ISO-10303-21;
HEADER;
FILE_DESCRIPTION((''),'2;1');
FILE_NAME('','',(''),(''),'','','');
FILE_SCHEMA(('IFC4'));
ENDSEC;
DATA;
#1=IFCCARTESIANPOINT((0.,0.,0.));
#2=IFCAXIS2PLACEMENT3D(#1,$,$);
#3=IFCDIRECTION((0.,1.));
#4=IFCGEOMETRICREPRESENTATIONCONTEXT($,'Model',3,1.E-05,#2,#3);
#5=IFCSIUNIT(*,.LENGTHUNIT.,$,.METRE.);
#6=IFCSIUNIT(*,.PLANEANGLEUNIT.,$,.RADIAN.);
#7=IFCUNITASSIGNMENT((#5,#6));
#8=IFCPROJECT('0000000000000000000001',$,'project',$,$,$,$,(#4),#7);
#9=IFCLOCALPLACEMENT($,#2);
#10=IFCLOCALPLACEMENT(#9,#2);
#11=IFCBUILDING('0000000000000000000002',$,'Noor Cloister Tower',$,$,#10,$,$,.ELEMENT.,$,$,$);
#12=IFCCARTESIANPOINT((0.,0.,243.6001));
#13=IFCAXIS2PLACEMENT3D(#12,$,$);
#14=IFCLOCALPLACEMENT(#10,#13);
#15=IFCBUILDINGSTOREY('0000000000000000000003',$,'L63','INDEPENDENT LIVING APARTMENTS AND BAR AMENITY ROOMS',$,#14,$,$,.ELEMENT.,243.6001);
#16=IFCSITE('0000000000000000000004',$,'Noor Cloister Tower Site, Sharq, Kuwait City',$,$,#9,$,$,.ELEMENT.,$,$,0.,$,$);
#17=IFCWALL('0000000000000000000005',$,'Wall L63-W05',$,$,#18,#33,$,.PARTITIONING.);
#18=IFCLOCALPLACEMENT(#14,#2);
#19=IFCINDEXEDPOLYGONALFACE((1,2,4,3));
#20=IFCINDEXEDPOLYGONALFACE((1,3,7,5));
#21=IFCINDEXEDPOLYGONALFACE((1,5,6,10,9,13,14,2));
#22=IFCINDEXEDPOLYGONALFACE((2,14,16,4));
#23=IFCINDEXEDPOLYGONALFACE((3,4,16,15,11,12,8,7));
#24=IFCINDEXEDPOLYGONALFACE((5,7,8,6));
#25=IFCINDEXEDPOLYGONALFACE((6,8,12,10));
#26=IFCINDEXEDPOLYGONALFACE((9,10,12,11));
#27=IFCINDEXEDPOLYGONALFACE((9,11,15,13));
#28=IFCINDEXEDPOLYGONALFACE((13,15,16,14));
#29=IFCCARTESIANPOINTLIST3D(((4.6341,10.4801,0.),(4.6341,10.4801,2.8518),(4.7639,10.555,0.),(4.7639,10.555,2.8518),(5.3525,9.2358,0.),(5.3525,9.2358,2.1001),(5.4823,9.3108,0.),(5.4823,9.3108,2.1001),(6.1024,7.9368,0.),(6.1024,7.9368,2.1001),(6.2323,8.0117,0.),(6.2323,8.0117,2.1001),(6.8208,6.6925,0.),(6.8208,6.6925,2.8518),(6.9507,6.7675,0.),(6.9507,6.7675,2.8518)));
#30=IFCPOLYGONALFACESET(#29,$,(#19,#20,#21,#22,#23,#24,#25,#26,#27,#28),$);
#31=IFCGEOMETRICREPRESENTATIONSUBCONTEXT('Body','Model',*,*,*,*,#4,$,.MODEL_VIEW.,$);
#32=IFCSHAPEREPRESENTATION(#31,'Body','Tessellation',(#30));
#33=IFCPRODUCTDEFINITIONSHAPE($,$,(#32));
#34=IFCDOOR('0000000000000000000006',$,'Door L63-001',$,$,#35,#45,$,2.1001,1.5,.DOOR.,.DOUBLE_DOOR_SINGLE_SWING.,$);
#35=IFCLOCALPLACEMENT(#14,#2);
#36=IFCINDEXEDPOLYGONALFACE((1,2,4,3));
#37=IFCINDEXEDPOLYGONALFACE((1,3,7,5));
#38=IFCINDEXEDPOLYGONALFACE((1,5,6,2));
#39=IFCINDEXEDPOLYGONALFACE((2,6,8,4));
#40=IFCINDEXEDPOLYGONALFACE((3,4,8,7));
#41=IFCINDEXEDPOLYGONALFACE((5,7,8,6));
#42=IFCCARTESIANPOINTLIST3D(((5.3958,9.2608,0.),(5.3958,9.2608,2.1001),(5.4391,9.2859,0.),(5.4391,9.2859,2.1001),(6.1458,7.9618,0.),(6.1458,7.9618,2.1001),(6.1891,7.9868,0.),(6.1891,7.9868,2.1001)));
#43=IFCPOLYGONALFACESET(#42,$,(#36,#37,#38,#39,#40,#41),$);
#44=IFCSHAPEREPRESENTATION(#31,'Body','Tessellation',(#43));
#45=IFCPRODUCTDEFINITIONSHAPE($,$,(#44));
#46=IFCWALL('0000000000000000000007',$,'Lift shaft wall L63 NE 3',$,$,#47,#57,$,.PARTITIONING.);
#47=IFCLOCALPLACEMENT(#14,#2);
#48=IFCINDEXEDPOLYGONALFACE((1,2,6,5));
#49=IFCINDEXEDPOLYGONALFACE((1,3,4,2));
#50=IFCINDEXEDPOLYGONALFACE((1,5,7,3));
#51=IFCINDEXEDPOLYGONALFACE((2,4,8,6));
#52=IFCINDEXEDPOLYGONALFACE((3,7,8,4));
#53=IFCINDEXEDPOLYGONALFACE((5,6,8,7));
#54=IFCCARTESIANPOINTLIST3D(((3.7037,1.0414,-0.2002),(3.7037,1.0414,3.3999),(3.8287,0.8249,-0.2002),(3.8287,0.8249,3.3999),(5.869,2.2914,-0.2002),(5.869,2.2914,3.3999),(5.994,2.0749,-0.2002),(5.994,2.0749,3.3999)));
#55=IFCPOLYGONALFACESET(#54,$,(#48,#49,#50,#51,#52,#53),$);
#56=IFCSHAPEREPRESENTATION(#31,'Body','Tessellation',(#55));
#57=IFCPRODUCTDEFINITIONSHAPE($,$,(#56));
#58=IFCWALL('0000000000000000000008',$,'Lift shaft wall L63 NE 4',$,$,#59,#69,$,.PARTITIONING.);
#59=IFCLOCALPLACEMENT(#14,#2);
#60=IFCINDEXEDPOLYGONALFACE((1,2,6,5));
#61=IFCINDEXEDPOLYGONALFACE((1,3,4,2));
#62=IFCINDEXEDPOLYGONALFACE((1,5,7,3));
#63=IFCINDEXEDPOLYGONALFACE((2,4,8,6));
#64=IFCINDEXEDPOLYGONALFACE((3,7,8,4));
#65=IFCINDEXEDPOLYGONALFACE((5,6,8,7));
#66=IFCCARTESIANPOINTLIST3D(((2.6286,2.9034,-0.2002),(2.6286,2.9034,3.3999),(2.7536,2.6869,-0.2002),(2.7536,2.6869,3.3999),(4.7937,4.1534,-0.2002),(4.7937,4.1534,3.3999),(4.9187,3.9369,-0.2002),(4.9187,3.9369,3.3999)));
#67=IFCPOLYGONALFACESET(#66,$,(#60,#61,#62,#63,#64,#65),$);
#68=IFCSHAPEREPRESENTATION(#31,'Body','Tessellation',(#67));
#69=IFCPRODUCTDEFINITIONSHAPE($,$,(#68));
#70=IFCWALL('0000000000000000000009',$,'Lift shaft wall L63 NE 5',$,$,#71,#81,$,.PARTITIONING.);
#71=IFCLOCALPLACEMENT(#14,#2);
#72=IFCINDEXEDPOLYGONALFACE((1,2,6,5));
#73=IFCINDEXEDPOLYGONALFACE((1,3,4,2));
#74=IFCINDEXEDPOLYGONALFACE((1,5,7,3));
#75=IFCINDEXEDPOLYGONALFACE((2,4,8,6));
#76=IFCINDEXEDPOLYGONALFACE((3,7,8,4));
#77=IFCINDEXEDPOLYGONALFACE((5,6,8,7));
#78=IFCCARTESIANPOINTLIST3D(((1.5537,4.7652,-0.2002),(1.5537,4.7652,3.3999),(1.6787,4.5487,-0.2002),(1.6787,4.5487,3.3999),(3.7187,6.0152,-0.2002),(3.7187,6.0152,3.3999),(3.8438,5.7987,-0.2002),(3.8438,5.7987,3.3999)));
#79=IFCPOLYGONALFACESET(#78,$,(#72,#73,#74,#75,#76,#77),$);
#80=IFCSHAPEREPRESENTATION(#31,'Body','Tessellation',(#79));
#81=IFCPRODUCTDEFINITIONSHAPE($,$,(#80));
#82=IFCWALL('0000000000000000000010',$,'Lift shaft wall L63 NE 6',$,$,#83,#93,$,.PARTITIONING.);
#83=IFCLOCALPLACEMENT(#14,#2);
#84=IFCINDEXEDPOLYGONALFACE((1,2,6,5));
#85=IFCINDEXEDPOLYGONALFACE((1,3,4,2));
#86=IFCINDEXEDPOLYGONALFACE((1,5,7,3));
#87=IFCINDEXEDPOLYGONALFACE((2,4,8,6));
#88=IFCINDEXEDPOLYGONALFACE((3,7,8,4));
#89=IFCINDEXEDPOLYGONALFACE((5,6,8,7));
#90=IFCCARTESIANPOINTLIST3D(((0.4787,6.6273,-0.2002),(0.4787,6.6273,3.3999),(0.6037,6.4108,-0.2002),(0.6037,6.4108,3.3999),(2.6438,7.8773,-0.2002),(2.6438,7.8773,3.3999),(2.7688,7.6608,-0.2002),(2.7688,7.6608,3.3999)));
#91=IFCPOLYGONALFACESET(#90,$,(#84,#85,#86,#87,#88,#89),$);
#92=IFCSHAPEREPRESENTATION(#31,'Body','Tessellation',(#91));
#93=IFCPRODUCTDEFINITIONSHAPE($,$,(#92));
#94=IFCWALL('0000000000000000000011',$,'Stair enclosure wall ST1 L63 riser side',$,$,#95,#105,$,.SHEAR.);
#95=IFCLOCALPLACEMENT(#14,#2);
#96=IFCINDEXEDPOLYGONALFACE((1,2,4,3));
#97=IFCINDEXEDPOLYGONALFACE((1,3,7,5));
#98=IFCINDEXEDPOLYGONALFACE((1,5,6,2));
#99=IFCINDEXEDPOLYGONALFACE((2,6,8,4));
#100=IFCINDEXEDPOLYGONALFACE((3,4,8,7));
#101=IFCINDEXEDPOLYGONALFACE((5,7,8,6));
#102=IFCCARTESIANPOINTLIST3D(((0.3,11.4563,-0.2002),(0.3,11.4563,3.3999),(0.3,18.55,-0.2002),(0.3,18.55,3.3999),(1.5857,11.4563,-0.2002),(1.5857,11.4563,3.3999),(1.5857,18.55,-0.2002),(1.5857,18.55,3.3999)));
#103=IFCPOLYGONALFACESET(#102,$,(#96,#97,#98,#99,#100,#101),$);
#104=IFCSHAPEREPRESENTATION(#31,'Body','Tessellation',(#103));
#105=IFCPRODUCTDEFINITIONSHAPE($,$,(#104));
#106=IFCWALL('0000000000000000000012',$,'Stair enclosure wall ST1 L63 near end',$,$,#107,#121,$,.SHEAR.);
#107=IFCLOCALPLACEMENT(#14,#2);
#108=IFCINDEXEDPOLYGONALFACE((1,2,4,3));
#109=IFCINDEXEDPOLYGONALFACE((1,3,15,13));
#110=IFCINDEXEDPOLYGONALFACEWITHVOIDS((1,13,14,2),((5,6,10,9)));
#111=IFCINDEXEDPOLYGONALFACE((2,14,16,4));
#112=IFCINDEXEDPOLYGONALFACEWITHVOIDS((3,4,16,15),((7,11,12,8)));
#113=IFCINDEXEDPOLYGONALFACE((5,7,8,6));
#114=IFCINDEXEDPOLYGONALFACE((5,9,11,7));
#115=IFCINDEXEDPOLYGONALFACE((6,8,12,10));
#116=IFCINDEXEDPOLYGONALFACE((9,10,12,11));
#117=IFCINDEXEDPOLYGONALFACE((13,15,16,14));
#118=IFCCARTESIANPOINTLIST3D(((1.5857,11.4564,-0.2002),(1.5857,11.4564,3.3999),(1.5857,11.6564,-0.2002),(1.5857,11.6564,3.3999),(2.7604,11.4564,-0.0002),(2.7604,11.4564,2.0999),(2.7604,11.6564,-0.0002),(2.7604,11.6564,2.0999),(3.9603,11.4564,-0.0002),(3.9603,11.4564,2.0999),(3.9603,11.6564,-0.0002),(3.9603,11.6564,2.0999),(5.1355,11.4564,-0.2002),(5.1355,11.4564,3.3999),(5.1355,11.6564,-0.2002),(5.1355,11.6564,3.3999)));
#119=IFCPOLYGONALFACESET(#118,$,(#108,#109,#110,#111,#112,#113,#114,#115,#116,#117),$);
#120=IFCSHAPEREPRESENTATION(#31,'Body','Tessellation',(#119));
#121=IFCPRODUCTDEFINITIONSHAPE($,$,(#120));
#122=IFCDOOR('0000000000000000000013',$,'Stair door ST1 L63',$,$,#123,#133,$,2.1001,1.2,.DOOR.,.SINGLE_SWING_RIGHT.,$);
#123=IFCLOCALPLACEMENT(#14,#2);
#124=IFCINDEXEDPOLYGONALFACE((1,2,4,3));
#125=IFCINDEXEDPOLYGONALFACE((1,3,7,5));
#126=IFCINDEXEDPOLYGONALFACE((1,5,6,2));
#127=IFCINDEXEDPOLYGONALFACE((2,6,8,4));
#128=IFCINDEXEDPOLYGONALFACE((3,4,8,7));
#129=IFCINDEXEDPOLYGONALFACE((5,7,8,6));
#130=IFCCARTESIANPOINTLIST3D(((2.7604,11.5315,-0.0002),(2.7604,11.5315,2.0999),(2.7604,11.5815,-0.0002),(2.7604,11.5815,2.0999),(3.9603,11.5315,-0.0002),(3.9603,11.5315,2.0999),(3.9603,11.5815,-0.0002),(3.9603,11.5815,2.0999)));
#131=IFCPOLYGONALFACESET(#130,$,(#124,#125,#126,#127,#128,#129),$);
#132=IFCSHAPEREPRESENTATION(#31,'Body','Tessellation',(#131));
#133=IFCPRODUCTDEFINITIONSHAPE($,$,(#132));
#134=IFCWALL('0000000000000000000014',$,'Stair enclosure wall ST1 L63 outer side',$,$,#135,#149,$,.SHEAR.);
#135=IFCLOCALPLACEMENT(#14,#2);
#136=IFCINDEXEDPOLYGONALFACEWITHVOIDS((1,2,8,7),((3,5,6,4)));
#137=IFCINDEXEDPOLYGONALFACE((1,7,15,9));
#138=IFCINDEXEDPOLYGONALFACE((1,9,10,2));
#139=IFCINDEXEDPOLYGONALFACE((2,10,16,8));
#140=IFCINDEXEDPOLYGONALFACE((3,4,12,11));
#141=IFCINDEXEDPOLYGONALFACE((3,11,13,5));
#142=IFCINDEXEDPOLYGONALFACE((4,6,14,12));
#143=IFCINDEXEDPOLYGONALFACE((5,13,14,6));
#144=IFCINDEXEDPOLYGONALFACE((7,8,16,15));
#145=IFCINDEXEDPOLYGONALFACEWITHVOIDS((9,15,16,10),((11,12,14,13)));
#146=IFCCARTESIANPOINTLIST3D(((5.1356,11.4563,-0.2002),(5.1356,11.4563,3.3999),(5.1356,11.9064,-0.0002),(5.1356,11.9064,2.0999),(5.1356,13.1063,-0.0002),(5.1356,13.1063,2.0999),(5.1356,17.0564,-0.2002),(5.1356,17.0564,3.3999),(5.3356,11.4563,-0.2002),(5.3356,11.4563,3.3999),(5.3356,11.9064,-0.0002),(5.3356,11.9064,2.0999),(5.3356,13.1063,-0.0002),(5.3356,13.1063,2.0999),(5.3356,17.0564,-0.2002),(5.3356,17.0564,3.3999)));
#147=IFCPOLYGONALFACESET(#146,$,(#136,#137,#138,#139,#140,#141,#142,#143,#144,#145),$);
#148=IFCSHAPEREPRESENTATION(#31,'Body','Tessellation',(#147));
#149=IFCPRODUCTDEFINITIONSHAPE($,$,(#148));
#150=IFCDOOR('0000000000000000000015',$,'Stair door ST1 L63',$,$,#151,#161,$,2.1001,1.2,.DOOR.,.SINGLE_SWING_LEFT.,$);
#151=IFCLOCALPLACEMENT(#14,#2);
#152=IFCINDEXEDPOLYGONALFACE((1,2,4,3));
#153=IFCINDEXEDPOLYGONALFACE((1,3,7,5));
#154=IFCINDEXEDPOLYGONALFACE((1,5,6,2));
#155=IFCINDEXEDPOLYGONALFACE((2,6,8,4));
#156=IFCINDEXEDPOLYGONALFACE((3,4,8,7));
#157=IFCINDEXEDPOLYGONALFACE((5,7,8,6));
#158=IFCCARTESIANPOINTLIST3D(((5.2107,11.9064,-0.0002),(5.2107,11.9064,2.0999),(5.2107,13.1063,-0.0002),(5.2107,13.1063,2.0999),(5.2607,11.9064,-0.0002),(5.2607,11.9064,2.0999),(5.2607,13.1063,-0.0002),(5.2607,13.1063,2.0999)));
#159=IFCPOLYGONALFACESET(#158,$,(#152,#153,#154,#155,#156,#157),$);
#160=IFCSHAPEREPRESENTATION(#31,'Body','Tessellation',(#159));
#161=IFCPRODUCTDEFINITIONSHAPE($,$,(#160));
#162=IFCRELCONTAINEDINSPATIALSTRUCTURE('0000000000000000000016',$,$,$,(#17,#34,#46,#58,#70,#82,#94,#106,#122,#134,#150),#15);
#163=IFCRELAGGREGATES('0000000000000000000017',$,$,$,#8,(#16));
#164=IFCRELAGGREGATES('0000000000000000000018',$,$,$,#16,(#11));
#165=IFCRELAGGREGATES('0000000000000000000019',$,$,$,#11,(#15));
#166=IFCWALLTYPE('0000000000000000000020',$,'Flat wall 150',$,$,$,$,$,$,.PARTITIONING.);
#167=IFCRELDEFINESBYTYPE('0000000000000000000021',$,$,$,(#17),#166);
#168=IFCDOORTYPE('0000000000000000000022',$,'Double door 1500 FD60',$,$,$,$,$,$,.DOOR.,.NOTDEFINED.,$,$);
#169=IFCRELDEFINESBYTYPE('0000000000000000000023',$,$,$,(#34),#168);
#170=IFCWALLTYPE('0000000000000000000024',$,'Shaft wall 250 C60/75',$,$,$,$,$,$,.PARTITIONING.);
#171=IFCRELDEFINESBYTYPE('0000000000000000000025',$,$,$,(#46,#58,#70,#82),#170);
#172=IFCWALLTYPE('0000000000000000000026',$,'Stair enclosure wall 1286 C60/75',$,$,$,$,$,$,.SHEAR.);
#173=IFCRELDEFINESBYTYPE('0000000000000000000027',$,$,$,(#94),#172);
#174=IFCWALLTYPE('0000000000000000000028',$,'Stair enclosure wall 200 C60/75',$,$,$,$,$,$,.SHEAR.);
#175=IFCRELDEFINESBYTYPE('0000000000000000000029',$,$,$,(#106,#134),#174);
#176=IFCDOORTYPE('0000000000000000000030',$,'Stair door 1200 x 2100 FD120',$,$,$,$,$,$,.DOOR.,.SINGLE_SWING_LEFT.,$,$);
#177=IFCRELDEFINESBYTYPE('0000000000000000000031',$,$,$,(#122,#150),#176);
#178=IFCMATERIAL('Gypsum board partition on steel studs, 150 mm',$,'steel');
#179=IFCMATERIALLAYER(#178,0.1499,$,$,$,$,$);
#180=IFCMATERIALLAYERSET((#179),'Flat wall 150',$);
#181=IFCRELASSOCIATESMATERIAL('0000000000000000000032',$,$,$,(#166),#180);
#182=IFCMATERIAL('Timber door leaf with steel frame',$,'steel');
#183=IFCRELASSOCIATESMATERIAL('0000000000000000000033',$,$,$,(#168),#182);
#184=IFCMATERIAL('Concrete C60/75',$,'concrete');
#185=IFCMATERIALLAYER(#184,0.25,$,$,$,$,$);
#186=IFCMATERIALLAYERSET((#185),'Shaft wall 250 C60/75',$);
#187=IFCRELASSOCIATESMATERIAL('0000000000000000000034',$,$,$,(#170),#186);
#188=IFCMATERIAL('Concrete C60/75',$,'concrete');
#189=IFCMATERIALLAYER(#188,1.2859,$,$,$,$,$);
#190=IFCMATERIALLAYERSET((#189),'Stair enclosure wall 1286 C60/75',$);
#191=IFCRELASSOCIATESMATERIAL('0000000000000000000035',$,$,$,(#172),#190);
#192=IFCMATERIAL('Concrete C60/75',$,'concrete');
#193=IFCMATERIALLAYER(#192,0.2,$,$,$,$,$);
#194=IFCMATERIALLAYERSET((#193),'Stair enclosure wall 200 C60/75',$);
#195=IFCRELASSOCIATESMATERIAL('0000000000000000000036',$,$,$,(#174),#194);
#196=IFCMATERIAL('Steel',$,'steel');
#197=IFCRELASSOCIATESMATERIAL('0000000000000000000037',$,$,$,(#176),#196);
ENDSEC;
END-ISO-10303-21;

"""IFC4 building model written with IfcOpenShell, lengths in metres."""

from ifc_helpers import new_model, si_unit, direction, frame, frame_2d, origin, place, context, subcontext, project, spatial, rectangle, extrude, material, layer, layer_set, type_object, element, fill, save


model = new_model("IFC4")

# Units and contexts
model_context = context("Model", 3, precision=1e-05, world=origin(), true_north=direction((0.0, 1.0)))
body_context = subcontext(model_context, "Body", "Model", "MODEL_VIEW")
ifc_project = project(units=[si_unit("LENGTHUNIT", "METRE"), si_unit("PLANEANGLEUNIT", "RADIAN")], contexts=[model_context])

# Site, building, storey
site_placement = place(None, origin())
site = spatial("IfcSite", under=ifc_project, at=site_placement, Name="Noor Cloister Tower Site, Sharq, Kuwait City", CompositionType="ELEMENT", RefElevation=0.0)
building_placement = place(site_placement, origin())
building = spatial("IfcBuilding", under=site, at=building_placement, Name="Noor Cloister Tower", CompositionType="ELEMENT")
storey_placement = place(building_placement, frame((0.0, 0.0, 243.6001)))
storey = spatial("IfcBuildingStorey", under=building, at=storey_placement, Name="L63", Description="INDEPENDENT LIVING APARTMENTS AND BAR AMENITY ROOMS", CompositionType="ELEMENT", Elevation=243.6001)

# Shared definitions
ifc_material_1 = material(Name="Gypsum board partition on steel studs, 150 mm", Category="steel")
ifc_layer_1 = layer(ifc_material_1, 0.1499)
ifc_layer_set_1 = layer_set([ifc_layer_1], Name="Flat wall 150")
wall_type_1 = type_object("IfcWallType", Name="Flat wall 150", PredefinedType="PARTITIONING", material=ifc_layer_set_1)

# Wall, opening, door
wall_1_placement = place(storey_placement, frame((6.8857, 6.73, 0.0), z_axis=(0.0, 0.0, 1.0), x_axis=(-0.499999, 0.866026, 0.0)))
wall_1 = element("IfcWall", 1, at=wall_1_placement, inside=storey, type_object=wall_type_1, Name="Wall L63-W05", PredefinedType="PARTITIONING", context=body_context, shape_type="SweptSolid", body=[
    extrude(rectangle(XDim=4.3735, YDim=0.1499, at=frame_2d((2.1868, 0.0))), origin(), (0.0, 0.0, 1.0), 2.8518),
])
opening_1_placement = place(wall_1_placement, frame((1.4368, 0.0, 0.0)))
opening_1 = element("IfcOpeningElement", 2, at=opening_1_placement, cuts=wall_1, PredefinedType="OPENING", context=body_context, shape_type="SweptSolid", body=[
    extrude(rectangle(XDim=1.5, YDim=2.1001, at=frame_2d((0.75, 1.05))), frame((0.0, 0.085, 0.0), z_axis=(0.0, -1.0, 0.0), x_axis=(1.0, 0.0, 0.0)), (0.0, 0.0, 1.0), 0.1699),
])
ifc_material_2 = material(Name="Timber door leaf with steel frame", Category="steel")
door_type_1 = type_object("IfcDoorType", Name="Double door 1500 FD60", OperationType="NOTDEFINED", PredefinedType="DOOR", material=ifc_material_2)
door_1_placement = place(opening_1_placement, origin())
door_1 = element("IfcDoor", 3, at=door_1_placement, inside=storey, type_object=door_type_1, Name="Door L63-001", OperationType="DOUBLE_DOOR_SINGLE_SWING", OverallHeight=2.1001, OverallWidth=1.5, PredefinedType="DOOR", context=body_context, shape_type="SweptSolid", body=[
    extrude(rectangle(XDim=1.5, YDim=2.1001, at=frame_2d((0.75, 1.05))), frame((0.0, 0.0249, 0.0), z_axis=(0.0, -1.0, 0.0), x_axis=(1.0, 0.0, 0.0)), (0.0, 0.0, 1.0), 0.05),
])
fill(opening_1, door_1)

# Walls
ifc_material_3 = material(Name="Concrete C60/75", Category="concrete")
ifc_layer_2 = layer(ifc_material_3, 0.25)
ifc_layer_set_2 = layer_set([ifc_layer_2], Name="Shaft wall 250 C60/75")
wall_type_2 = type_object("IfcWallType", Name="Shaft wall 250 C60/75", PredefinedType="PARTITIONING", material=ifc_layer_set_2)
wall_2_placement = place(storey_placement, frame((5.9314, 2.1831, -0.2002), z_axis=(0.0, 0.0, 1.0), x_axis=(-0.866047, -0.499962, 0.0)))
element("IfcWall", 4, at=wall_2_placement, inside=storey, type_object=wall_type_2, Name="Lift shaft wall L63 NE 3", PredefinedType="PARTITIONING", context=body_context, shape_type="SweptSolid", body=[
    extrude(rectangle(XDim=2.5002, YDim=0.25, at=frame_2d((1.25, 0.0))), origin(), (0.0, 0.0, 1.0), 3.6001),
])
for number, where, z_axis, x_axis, name in (
    (5, (4.8562, 4.0452, -0.2002), (0.0, 0.0, 1.0), (-0.866023, -0.500004, 0.0), "Lift shaft wall L63 NE 4"),
    (6, (3.7812, 5.907, -0.2002), (0.0, 0.0, 1.0), (-0.866023, -0.500004, 0.0), "Lift shaft wall L63 NE 5"),
    (7, (2.7063, 7.769, -0.2002), (0.0, 0.0, 1.0), (-0.866023, -0.500004, 0.0), "Lift shaft wall L63 NE 6"),
):
    element("IfcWall", number, at=place(storey_placement, frame(where, z_axis=z_axis, x_axis=x_axis)), inside=storey, type_object=wall_type_2, Name=name, PredefinedType="PARTITIONING", context=body_context, shape_type="SweptSolid", body=[
        extrude(rectangle(XDim=2.5, YDim=0.25, at=frame_2d((1.25, 0.0))), origin(), (0.0, 0.0, 1.0), 3.6001),
    ])
ifc_material_4 = material(Name="Concrete C60/75", Category="concrete")
ifc_layer_3 = layer(ifc_material_4, 1.2859)
ifc_layer_set_3 = layer_set([ifc_layer_3], Name="Stair enclosure wall 1286 C60/75")
wall_type_3 = type_object("IfcWallType", Name="Stair enclosure wall 1286 C60/75", PredefinedType="SHEAR", material=ifc_layer_set_3)
wall_3_placement = place(storey_placement, frame((0.9429, 11.4563, -0.2002), z_axis=(0.0, 0.0, 1.0), x_axis=(0.0, 1.0, 0.0)))
element("IfcWall", 8, at=wall_3_placement, inside=storey, type_object=wall_type_3, Name="Stair enclosure wall ST1 L63 riser side", PredefinedType="SHEAR", context=body_context, shape_type="SweptSolid", body=[
    extrude(rectangle(XDim=7.0938, YDim=1.2856, at=frame_2d((3.5469, 0.0))), origin(), (0.0, 0.0, 1.0), 3.6001),
])

# Walls, openings, doors
ifc_material_5 = material(Name="Concrete C60/75", Category="concrete")
ifc_layer_4 = layer(ifc_material_5, 0.2)
ifc_layer_set_4 = layer_set([ifc_layer_4], Name="Stair enclosure wall 200 C60/75")
wall_type_4 = type_object("IfcWallType", Name="Stair enclosure wall 200 C60/75", PredefinedType="SHEAR", material=ifc_layer_set_4)
wall_4_placement = place(storey_placement, frame((5.1355, 11.5564, -0.2002), z_axis=(0.0, 0.0, 1.0), x_axis=(-1.0, 0.0, 0.0)))
wall_4 = element("IfcWall", 9, at=wall_4_placement, inside=storey, type_object=wall_type_4, Name="Stair enclosure wall ST1 L63 near end", PredefinedType="SHEAR", context=body_context, shape_type="SweptSolid", body=[
    extrude(rectangle(XDim=3.5498, YDim=0.2, at=frame_2d((1.7749, 0.0))), origin(), (0.0, 0.0, 1.0), 3.6001),
])
opening_2_placement = place(wall_4_placement, frame((1.175, 0.0, 0.2)))
opening_2 = element("IfcOpeningElement", 10, at=opening_2_placement, cuts=wall_4, PredefinedType="OPENING", context=body_context, shape_type="SweptSolid", body=[
    extrude(rectangle(XDim=1.2, YDim=2.1001, at=frame_2d((0.6001, 1.05))), frame((0.0, 0.1099, 0.0), z_axis=(0.0, -1.0, 0.0), x_axis=(1.0, 0.0, 0.0)), (0.0, 0.0, 1.0), 0.22),
])
ifc_material_6 = material(Name="Steel", Category="steel")
door_type_2 = type_object("IfcDoorType", Name="Stair door 1200 x 2100 FD120", OperationType="SINGLE_SWING_LEFT", PredefinedType="DOOR", material=ifc_material_6)
door_2_placement = place(opening_2_placement, origin())
door_2 = element("IfcDoor", 11, at=door_2_placement, inside=storey, type_object=door_type_2, Name="Stair door ST1 L63", OperationType="SINGLE_SWING_RIGHT", OverallHeight=2.1001, OverallWidth=1.2, PredefinedType="DOOR", context=body_context, shape_type="SweptSolid", body=[
    extrude(rectangle(XDim=1.2, YDim=2.1001, at=frame_2d((0.6001, 1.05))), frame((0.0, 0.0249, 0.0), z_axis=(0.0, -1.0, 0.0), x_axis=(1.0, 0.0, 0.0)), (0.0, 0.0, 1.0), 0.05),
])
fill(opening_2, door_2)
wall_5_placement = place(storey_placement, frame((5.2356, 11.4563, -0.2002), z_axis=(0.0, 0.0, 1.0), x_axis=(0.0, 1.0, 0.0)))
wall_5 = element("IfcWall", 12, at=wall_5_placement, inside=storey, type_object=wall_type_4, Name="Stair enclosure wall ST1 L63 outer side", PredefinedType="SHEAR", context=body_context, shape_type="SweptSolid", body=[
    extrude(rectangle(XDim=5.6001, YDim=0.2, at=frame_2d((2.8, 0.0))), origin(), (0.0, 0.0, 1.0), 3.6001),
])
opening_3_placement = place(wall_5_placement, frame((0.45, 0.0, 0.2)))
opening_3 = element("IfcOpeningElement", 13, at=opening_3_placement, cuts=wall_5, PredefinedType="OPENING", context=body_context, shape_type="SweptSolid", body=[
    extrude(rectangle(XDim=1.2, YDim=2.1001, at=frame_2d((0.6001, 1.05))), frame((0.0, 0.1099, 0.0), z_axis=(0.0, -1.0, 0.0), x_axis=(1.0, 0.0, 0.0)), (0.0, 0.0, 1.0), 0.22),
])
door_3_placement = place(opening_3_placement, origin())
door_3 = element("IfcDoor", 14, at=door_3_placement, inside=storey, type_object=door_type_2, Name="Stair door ST1 L63", OperationType="SINGLE_SWING_LEFT", OverallHeight=2.1001, OverallWidth=1.2, PredefinedType="DOOR", context=body_context, shape_type="SweptSolid", body=[
    extrude(rectangle(XDim=1.2, YDim=2.1001, at=frame_2d((0.6001, 1.05))), frame((0.0, 0.0249, 0.0), z_axis=(0.0, -1.0, 0.0), x_axis=(1.0, 0.0, 0.0)), (0.0, 0.0, 1.0), 0.05),
])
fill(opening_3, door_3)

save(model, "model.ifc")
